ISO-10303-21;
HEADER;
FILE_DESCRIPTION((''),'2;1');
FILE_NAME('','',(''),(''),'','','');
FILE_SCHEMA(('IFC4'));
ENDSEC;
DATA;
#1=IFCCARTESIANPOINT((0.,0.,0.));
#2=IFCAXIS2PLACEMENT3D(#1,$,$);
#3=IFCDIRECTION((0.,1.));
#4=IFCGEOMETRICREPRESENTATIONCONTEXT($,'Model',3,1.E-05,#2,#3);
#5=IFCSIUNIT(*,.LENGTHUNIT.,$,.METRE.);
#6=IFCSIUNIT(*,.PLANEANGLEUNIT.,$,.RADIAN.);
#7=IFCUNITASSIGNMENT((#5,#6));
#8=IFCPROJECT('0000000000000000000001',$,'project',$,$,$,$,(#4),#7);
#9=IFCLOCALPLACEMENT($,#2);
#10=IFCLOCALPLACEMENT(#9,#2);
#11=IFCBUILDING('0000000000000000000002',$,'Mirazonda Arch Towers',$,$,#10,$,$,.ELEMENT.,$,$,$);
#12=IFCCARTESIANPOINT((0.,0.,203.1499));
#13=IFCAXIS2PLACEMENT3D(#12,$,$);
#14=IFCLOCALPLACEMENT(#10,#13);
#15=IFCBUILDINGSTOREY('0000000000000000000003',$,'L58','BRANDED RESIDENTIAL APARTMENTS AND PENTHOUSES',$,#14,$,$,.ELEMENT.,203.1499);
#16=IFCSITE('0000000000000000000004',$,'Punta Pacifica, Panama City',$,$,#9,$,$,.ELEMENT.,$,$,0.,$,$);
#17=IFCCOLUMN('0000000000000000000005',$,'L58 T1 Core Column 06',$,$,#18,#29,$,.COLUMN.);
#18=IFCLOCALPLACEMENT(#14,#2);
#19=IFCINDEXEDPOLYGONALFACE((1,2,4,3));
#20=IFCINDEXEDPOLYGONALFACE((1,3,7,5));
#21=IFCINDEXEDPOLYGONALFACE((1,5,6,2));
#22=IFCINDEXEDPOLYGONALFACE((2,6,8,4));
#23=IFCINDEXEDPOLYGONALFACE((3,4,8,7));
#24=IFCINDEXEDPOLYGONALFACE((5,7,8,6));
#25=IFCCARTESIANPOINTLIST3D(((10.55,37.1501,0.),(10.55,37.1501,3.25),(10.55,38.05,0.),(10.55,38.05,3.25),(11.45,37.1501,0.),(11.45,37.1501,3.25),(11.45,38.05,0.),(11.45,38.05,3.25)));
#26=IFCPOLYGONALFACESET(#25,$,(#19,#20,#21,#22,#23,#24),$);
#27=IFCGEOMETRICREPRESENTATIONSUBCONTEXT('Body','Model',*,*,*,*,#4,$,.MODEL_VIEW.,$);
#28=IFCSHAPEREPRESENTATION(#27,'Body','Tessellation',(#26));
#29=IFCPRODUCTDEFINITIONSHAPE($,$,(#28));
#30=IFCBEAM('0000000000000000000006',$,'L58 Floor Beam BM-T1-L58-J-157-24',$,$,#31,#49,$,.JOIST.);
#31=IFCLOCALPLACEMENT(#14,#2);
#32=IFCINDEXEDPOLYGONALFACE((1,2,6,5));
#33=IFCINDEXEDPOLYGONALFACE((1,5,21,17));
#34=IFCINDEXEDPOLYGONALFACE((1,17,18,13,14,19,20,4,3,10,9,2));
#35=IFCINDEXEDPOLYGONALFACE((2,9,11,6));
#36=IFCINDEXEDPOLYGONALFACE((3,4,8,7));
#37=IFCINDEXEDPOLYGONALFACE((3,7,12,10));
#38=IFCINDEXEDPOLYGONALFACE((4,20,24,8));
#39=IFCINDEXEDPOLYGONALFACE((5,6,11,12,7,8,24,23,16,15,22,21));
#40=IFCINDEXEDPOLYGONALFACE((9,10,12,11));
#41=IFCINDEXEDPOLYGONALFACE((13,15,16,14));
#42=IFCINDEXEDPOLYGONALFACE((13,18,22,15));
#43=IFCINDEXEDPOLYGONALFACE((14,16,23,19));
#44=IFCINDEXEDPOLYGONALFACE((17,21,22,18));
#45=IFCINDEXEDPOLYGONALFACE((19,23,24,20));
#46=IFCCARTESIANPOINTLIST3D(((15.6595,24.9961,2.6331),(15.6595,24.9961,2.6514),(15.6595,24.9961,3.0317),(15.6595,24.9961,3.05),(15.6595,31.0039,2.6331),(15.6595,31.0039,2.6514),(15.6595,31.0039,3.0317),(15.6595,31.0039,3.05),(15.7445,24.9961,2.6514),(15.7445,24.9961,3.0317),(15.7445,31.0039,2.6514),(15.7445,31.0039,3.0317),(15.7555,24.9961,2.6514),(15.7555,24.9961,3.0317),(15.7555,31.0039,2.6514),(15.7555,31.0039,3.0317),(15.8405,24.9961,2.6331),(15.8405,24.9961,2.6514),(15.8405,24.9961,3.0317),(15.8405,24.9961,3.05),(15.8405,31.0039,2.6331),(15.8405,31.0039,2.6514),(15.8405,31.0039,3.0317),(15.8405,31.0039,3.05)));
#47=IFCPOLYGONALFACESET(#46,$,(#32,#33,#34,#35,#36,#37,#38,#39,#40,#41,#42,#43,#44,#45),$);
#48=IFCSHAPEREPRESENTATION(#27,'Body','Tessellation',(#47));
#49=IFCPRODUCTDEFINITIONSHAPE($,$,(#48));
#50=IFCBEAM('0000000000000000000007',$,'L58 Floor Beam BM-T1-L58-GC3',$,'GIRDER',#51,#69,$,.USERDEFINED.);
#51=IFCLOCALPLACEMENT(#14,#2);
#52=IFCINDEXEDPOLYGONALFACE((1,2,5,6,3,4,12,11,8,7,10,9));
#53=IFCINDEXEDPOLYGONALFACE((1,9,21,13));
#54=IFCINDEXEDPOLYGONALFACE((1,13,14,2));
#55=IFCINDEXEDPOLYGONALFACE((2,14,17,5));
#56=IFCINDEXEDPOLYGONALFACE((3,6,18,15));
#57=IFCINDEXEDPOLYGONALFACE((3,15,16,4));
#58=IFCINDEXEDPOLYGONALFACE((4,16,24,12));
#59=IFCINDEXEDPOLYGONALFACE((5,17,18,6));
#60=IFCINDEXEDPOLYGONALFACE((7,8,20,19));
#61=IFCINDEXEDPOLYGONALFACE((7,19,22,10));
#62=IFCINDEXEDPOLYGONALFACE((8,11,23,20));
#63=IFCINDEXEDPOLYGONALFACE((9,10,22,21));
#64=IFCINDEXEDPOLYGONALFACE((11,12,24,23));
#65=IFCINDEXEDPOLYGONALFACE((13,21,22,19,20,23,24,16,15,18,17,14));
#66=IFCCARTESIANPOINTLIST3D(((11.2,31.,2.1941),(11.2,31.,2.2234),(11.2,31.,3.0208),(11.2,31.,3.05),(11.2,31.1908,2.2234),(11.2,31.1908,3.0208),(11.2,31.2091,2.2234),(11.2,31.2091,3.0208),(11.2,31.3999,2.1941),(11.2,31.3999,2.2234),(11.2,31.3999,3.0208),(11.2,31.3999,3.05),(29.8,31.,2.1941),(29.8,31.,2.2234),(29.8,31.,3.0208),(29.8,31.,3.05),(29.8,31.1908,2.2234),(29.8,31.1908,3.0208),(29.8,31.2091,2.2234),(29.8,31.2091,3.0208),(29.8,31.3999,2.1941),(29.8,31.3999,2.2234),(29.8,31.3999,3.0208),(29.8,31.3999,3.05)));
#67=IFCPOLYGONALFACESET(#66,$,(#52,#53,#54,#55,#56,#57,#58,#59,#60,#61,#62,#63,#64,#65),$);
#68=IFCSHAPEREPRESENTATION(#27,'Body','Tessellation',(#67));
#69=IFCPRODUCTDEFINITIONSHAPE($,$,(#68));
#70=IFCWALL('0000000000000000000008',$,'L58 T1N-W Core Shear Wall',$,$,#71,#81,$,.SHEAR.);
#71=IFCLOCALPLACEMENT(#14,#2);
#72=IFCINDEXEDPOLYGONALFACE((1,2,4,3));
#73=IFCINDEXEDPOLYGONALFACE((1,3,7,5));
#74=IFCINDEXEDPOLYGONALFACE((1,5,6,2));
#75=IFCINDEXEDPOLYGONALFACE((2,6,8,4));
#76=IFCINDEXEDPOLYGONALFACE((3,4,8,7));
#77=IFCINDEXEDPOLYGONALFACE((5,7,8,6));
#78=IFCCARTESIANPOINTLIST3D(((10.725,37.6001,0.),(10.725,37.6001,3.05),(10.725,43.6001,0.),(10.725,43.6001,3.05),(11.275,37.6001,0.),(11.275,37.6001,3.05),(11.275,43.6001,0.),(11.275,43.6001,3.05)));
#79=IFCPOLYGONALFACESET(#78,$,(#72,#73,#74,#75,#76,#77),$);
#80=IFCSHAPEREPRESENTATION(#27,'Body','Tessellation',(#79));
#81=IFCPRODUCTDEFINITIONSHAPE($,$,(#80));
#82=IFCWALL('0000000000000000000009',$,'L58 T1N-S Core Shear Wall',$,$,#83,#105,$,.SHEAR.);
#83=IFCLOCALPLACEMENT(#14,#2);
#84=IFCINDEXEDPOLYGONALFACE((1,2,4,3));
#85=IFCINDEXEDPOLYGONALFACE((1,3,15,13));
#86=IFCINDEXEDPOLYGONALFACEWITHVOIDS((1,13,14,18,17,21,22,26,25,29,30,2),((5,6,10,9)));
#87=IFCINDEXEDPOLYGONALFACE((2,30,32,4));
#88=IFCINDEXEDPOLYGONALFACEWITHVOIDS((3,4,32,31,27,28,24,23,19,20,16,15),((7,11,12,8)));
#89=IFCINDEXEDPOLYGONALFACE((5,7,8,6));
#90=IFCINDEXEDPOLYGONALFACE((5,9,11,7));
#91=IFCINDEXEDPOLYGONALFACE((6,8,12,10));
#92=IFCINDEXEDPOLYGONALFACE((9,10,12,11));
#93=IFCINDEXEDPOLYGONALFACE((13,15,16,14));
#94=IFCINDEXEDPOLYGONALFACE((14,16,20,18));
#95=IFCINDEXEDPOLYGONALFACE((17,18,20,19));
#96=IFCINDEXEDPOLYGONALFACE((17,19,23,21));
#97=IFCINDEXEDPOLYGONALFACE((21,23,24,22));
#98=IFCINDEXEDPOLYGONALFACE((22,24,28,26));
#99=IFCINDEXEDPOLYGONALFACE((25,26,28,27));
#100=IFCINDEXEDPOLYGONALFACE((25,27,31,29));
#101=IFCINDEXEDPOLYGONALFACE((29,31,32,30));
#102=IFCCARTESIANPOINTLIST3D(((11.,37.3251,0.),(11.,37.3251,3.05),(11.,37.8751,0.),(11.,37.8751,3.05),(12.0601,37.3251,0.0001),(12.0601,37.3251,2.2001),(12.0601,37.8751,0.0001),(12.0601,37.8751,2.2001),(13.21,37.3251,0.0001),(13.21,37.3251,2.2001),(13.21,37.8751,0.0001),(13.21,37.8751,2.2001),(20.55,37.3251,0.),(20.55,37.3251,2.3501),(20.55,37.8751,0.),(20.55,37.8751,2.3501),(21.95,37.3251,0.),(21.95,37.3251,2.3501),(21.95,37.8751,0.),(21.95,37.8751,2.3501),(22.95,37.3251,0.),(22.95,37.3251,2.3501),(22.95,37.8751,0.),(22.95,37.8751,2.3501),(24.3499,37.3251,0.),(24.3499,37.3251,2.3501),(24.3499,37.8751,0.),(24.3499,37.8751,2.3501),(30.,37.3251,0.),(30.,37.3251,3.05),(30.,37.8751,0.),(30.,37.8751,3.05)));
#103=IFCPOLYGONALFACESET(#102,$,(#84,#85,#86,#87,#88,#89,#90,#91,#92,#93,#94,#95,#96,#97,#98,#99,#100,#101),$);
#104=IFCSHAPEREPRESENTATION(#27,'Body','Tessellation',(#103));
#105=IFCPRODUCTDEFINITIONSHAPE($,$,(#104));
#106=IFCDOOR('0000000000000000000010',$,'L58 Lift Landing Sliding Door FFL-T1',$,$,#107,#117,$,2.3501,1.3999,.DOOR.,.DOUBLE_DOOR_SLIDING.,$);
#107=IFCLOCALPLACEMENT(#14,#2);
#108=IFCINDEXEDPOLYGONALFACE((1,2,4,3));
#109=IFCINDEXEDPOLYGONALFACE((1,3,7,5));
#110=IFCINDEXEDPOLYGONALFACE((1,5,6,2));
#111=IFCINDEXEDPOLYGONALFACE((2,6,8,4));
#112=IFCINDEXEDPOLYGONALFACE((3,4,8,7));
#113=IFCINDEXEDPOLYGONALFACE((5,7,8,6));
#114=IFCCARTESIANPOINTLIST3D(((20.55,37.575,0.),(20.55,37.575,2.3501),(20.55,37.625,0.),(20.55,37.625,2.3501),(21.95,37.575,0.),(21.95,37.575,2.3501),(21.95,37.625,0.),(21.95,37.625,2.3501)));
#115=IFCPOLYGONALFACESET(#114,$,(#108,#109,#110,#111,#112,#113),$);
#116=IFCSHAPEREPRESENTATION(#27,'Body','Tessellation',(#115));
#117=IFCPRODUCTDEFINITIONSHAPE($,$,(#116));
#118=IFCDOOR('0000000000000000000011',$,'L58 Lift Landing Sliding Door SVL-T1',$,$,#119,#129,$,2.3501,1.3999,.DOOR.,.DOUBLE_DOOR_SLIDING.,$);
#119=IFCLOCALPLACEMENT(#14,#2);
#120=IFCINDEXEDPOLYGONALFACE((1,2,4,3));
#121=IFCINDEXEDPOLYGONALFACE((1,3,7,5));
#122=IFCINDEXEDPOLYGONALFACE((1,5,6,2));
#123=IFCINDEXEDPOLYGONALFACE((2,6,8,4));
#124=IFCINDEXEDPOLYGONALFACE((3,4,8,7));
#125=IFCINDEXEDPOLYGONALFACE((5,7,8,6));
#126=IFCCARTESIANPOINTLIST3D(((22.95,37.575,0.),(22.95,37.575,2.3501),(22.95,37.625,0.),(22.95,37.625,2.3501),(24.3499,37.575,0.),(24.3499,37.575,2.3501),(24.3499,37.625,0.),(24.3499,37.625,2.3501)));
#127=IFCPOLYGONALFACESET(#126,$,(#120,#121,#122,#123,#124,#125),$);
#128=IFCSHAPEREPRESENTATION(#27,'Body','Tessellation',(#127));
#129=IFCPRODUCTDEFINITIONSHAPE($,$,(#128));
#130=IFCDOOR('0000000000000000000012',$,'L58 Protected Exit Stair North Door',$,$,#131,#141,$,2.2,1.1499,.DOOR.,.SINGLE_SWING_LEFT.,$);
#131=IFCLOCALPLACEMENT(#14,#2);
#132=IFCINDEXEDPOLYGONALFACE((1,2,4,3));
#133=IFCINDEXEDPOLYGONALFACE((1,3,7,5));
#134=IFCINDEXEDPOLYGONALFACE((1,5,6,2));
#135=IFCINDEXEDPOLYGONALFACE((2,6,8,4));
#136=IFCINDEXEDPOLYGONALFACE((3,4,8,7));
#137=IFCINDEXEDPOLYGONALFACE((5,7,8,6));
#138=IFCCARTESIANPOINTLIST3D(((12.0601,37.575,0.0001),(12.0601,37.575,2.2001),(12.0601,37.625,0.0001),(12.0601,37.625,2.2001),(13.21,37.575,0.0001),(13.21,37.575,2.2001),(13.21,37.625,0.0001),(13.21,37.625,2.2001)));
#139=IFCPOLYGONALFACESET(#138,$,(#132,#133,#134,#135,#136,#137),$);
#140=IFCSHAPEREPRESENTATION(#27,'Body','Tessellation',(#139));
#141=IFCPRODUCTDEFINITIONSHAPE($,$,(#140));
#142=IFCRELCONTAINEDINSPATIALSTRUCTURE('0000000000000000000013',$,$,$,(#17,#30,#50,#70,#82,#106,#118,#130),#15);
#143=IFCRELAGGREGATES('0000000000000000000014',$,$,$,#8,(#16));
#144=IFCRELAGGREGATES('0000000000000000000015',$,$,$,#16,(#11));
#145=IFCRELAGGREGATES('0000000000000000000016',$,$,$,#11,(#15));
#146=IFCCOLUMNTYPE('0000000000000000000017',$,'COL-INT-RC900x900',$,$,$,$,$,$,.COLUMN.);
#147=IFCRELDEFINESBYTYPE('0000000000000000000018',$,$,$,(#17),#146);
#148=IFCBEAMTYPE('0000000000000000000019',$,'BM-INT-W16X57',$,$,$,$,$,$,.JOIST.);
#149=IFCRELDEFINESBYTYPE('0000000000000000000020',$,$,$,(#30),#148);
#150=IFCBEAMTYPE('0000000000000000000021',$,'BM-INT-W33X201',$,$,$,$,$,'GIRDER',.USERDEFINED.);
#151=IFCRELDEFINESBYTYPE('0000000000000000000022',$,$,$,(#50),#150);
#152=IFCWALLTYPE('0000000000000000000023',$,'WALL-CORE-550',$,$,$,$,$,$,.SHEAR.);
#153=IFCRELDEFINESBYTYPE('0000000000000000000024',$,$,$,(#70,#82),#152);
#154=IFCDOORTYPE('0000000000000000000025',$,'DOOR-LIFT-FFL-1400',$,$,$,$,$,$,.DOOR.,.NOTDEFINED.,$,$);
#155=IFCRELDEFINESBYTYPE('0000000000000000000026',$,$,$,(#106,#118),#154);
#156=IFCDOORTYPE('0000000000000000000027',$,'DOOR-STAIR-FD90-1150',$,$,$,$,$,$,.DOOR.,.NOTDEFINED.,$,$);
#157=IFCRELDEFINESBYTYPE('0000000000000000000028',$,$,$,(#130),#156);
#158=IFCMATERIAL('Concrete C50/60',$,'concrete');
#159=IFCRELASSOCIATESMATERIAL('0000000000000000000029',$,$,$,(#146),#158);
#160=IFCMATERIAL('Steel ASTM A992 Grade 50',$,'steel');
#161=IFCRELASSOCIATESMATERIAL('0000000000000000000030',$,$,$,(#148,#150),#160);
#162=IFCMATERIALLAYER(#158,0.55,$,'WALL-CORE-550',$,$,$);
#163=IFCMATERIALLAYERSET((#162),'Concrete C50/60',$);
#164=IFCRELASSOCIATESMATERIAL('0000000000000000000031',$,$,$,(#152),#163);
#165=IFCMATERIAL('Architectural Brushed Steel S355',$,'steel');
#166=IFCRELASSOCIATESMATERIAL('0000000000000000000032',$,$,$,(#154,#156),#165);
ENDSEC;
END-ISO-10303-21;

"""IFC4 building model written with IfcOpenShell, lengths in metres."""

from ifc_helpers import new_model, si_unit, direction, frame, frame_2d, origin, origin_2d, place, context, subcontext, project, spatial, rectangle, i_section, extrude, material, layer, layer_set, material_profile, profile_set, type_object, element, fill, save


model = new_model("IFC4")

# Units and contexts
model_context = context("Model", 3, precision=1e-05, world=origin(), true_north=direction((0.0, 1.0)))
body_context = subcontext(model_context, "Body", "Model", "MODEL_VIEW")
ifc_project = project(units=[si_unit("LENGTHUNIT", "METRE"), si_unit("PLANEANGLEUNIT", "RADIAN")], contexts=[model_context])

# Site, building, storey
site_placement = place(None, origin())
site = spatial("IfcSite", under=ifc_project, at=site_placement, Name="Punta Pacifica, Panama City", CompositionType="ELEMENT", RefElevation=0.0)
building_placement = place(site_placement, origin())
building = spatial("IfcBuilding", under=site, at=building_placement, Name="Mirazonda Arch Towers", CompositionType="ELEMENT")
storey_placement = place(building_placement, frame((0.0, 0.0, 203.1499)))
storey = spatial("IfcBuildingStorey", under=building, at=storey_placement, Name="L58", Description="BRANDED RESIDENTIAL APARTMENTS AND PENTHOUSES", CompositionType="ELEMENT", Elevation=203.1499)

# Column
ifc_material_1 = material(Name="Concrete C50/60", Category="concrete")
ifc_material_profile_1 = material_profile(ifc_material_1, rectangle(XDim=0.8999, YDim=0.8999, at=origin_2d()), Name="RC900x900")
ifc_profile_set_1 = profile_set([ifc_material_profile_1], Name="Concrete C50/60")
column_type = type_object("IfcColumnType", Name="COL-INT-RC900x900", PredefinedType="COLUMN", material=ifc_profile_set_1)
column_placement = place(storey_placement, frame((11.0, 37.6001, 0.0), z_axis=(0.0, 0.0, 1.0), x_axis=(1.0, 0.0, 0.0)))
element("IfcColumn", 1, at=column_placement, inside=storey, type_object=column_type, Name="L58 T1 Core Column 06", PredefinedType="COLUMN", context=body_context, shape_type="SweptSolid", body=[
    extrude(rectangle(XDim=0.8999, YDim=0.8999, at=origin_2d()), origin(), (0.0, 0.0, 1.0), 3.25),
])

# Beams
ifc_material_2 = material(Name="Steel ASTM A992 Grade 50", Category="steel")
ifc_material_profile_2 = material_profile(ifc_material_2, i_section(OverallWidth=0.1809, OverallDepth=0.417, WebThickness=0.011, FlangeThickness=0.0183, at=origin_2d()), Name="W16X57")
ifc_profile_set_2 = profile_set([ifc_material_profile_2], Name="Steel ASTM A992 Grade 50")
beam_type_1 = type_object("IfcBeamType", Name="BM-INT-W16X57", PredefinedType="JOIST", material=ifc_profile_set_2)
beam_1_placement = place(storey_placement, frame((15.75, 24.9961, 2.8416), z_axis=(0.0, 1.0, 0.0), x_axis=(-1.0, 0.0, 0.0)))
element("IfcBeam", 2, at=beam_1_placement, inside=storey, type_object=beam_type_1, Name="L58 Floor Beam BM-T1-L58-J-157-24", PredefinedType="JOIST", context=body_context, shape_type="SweptSolid", body=[
    extrude(i_section(OverallWidth=0.1809, OverallDepth=0.417, WebThickness=0.011, FlangeThickness=0.0183, at=origin_2d()), origin(), (0.0, 0.0, 1.0), 6.0078),
])
ifc_material_profile_3 = material_profile(ifc_material_2, i_section(OverallWidth=0.3999, OverallDepth=0.856, WebThickness=0.0183, FlangeThickness=0.0293, at=origin_2d()), Name="W33X201")
ifc_profile_set_3 = profile_set([ifc_material_profile_3], Name="Steel ASTM A992 Grade 50")
beam_type_2 = type_object("IfcBeamType", Name="BM-INT-W33X201", ElementType="GIRDER", PredefinedType="USERDEFINED", material=ifc_profile_set_3)
beam_2_placement = place(storey_placement, frame((11.2, 31.2, 2.6221), z_axis=(1.0, 0.0, 0.0), x_axis=(0.0, 1.0, 0.0)))
element("IfcBeam", 3, at=beam_2_placement, inside=storey, type_object=beam_type_2, Name="L58 Floor Beam BM-T1-L58-GC3", ObjectType="GIRDER", PredefinedType="USERDEFINED", context=body_context, shape_type="SweptSolid", body=[
    extrude(i_section(OverallWidth=0.3999, OverallDepth=0.856, WebThickness=0.0183, FlangeThickness=0.0293, at=origin_2d()), origin(), (0.0, 0.0, 1.0), 18.6001),
])

# Wall
ifc_layer_1 = layer(ifc_material_1, 0.55, Name="WALL-CORE-550")
ifc_layer_set_1 = layer_set([ifc_layer_1], Name="Concrete C50/60")
wall_type_1 = type_object("IfcWallType", Name="WALL-CORE-550", PredefinedType="SHEAR", material=ifc_layer_set_1)
wall_1_placement = place(storey_placement, frame((11.0, 37.6001, 0.0), z_axis=(0.0, 0.0, 1.0), x_axis=(0.0, 1.0, 0.0)))
element("IfcWall", 4, at=wall_1_placement, inside=storey, type_object=wall_type_1, Name="L58 T1N-W Core Shear Wall", PredefinedType="SHEAR", context=body_context, shape_type="SweptSolid", body=[
    extrude(rectangle(XDim=6.0, YDim=0.55, at=frame_2d((3.0, 0.0))), origin(), (0.0, 0.0, 1.0), 3.05),
])

# Wall, openings, doors
wall_2_placement = place(storey_placement, frame((11.0, 37.6001, 0.0), z_axis=(0.0, 0.0, 1.0), x_axis=(1.0, 0.0, 0.0)))
wall_2 = element("IfcWall", 5, at=wall_2_placement, inside=storey, type_object=wall_type_1, Name="L58 T1N-S Core Shear Wall", PredefinedType="SHEAR", context=body_context, shape_type="SweptSolid", body=[
    extrude(rectangle(XDim=19.0, YDim=0.55, at=frame_2d((9.5, 0.0))), origin(), (0.0, 0.0, 1.0), 3.05),
])
opening_1_placement = place(wall_2_placement, frame((1.0601, 0.0, 0.0)))
opening_1 = element("IfcOpeningElement", 6, at=opening_1_placement, cuts=wall_2, PredefinedType="OPENING", context=body_context, shape_type="SweptSolid", body=[
    extrude(rectangle(XDim=1.1499, YDim=2.2, at=frame_2d((0.575, 1.1001))), frame((0.0, 0.2849, 0.0), z_axis=(0.0, -1.0, 0.0), x_axis=(1.0, 0.0, 0.0)), (0.0, 0.0, 1.0), 0.5701),
])
opening_2_placement = place(wall_2_placement, frame((9.55, 0.0, 0.0)))
opening_2 = element("IfcOpeningElement", 7, at=opening_2_placement, cuts=wall_2, PredefinedType="OPENING", context=body_context, shape_type="SweptSolid", body=[
    extrude(rectangle(XDim=1.3999, YDim=2.3501, at=frame_2d((0.7, 1.175))), frame((0.0, 0.2849, 0.0), z_axis=(0.0, -1.0, 0.0), x_axis=(1.0, 0.0, 0.0)), (0.0, 0.0, 1.0), 0.5701),
])
opening_3_placement = place(wall_2_placement, frame((11.95, 0.0, 0.0)))
opening_3 = element("IfcOpeningElement", 8, at=opening_3_placement, cuts=wall_2, PredefinedType="OPENING", context=body_context, shape_type="SweptSolid", body=[
    extrude(rectangle(XDim=1.3999, YDim=2.3501, at=frame_2d((0.7, 1.175))), frame((0.0, 0.2849, 0.0), z_axis=(0.0, -1.0, 0.0), x_axis=(1.0, 0.0, 0.0)), (0.0, 0.0, 1.0), 0.5701),
])
ifc_material_3 = material(Name="Architectural Brushed Steel S355", Category="steel")
door_type_1 = type_object("IfcDoorType", Name="DOOR-LIFT-FFL-1400", OperationType="NOTDEFINED", PredefinedType="DOOR", material=ifc_material_3)
door_1_placement = place(opening_2_placement, origin())
door_1 = element("IfcDoor", 9, at=door_1_placement, inside=storey, type_object=door_type_1, Name="L58 Lift Landing Sliding Door FFL-T1", OperationType="DOUBLE_DOOR_SLIDING", OverallHeight=2.3501, OverallWidth=1.3999, PredefinedType="DOOR", context=body_context, shape_type="SweptSolid", body=[
    extrude(rectangle(XDim=1.3999, YDim=2.3501, at=frame_2d((0.7, 1.175))), frame((0.0, 0.0249, 0.0), z_axis=(0.0, -1.0, 0.0), x_axis=(1.0, 0.0, 0.0)), (0.0, 0.0, 1.0), 0.05),
])
fill(opening_2, door_1)
door_2_placement = place(opening_3_placement, origin())
door_2 = element("IfcDoor", 10, at=door_2_placement, inside=storey, type_object=door_type_1, Name="L58 Lift Landing Sliding Door SVL-T1", OperationType="DOUBLE_DOOR_SLIDING", OverallHeight=2.3501, OverallWidth=1.3999, PredefinedType="DOOR", context=body_context, shape_type="SweptSolid", body=[
    extrude(rectangle(XDim=1.3999, YDim=2.3501, at=frame_2d((0.7, 1.175))), frame((0.0, 0.0249, 0.0), z_axis=(0.0, -1.0, 0.0), x_axis=(1.0, 0.0, 0.0)), (0.0, 0.0, 1.0), 0.05),
])
fill(opening_3, door_2)
door_type_2 = type_object("IfcDoorType", Name="DOOR-STAIR-FD90-1150", OperationType="NOTDEFINED", PredefinedType="DOOR", material=ifc_material_3)
door_3_placement = place(opening_1_placement, origin())
door_3 = element("IfcDoor", 11, at=door_3_placement, inside=storey, type_object=door_type_2, Name="L58 Protected Exit Stair North Door", OperationType="SINGLE_SWING_LEFT", OverallHeight=2.2, OverallWidth=1.1499, PredefinedType="DOOR", context=body_context, shape_type="SweptSolid", body=[
    extrude(rectangle(XDim=1.1499, YDim=2.2, at=frame_2d((0.575, 1.1001))), frame((0.0, 0.0249, 0.0), z_axis=(0.0, -1.0, 0.0), x_axis=(1.0, 0.0, 0.0)), (0.0, 0.0, 1.0), 0.05),
])
fill(opening_1, door_3)

save(model, "model.ifc")
